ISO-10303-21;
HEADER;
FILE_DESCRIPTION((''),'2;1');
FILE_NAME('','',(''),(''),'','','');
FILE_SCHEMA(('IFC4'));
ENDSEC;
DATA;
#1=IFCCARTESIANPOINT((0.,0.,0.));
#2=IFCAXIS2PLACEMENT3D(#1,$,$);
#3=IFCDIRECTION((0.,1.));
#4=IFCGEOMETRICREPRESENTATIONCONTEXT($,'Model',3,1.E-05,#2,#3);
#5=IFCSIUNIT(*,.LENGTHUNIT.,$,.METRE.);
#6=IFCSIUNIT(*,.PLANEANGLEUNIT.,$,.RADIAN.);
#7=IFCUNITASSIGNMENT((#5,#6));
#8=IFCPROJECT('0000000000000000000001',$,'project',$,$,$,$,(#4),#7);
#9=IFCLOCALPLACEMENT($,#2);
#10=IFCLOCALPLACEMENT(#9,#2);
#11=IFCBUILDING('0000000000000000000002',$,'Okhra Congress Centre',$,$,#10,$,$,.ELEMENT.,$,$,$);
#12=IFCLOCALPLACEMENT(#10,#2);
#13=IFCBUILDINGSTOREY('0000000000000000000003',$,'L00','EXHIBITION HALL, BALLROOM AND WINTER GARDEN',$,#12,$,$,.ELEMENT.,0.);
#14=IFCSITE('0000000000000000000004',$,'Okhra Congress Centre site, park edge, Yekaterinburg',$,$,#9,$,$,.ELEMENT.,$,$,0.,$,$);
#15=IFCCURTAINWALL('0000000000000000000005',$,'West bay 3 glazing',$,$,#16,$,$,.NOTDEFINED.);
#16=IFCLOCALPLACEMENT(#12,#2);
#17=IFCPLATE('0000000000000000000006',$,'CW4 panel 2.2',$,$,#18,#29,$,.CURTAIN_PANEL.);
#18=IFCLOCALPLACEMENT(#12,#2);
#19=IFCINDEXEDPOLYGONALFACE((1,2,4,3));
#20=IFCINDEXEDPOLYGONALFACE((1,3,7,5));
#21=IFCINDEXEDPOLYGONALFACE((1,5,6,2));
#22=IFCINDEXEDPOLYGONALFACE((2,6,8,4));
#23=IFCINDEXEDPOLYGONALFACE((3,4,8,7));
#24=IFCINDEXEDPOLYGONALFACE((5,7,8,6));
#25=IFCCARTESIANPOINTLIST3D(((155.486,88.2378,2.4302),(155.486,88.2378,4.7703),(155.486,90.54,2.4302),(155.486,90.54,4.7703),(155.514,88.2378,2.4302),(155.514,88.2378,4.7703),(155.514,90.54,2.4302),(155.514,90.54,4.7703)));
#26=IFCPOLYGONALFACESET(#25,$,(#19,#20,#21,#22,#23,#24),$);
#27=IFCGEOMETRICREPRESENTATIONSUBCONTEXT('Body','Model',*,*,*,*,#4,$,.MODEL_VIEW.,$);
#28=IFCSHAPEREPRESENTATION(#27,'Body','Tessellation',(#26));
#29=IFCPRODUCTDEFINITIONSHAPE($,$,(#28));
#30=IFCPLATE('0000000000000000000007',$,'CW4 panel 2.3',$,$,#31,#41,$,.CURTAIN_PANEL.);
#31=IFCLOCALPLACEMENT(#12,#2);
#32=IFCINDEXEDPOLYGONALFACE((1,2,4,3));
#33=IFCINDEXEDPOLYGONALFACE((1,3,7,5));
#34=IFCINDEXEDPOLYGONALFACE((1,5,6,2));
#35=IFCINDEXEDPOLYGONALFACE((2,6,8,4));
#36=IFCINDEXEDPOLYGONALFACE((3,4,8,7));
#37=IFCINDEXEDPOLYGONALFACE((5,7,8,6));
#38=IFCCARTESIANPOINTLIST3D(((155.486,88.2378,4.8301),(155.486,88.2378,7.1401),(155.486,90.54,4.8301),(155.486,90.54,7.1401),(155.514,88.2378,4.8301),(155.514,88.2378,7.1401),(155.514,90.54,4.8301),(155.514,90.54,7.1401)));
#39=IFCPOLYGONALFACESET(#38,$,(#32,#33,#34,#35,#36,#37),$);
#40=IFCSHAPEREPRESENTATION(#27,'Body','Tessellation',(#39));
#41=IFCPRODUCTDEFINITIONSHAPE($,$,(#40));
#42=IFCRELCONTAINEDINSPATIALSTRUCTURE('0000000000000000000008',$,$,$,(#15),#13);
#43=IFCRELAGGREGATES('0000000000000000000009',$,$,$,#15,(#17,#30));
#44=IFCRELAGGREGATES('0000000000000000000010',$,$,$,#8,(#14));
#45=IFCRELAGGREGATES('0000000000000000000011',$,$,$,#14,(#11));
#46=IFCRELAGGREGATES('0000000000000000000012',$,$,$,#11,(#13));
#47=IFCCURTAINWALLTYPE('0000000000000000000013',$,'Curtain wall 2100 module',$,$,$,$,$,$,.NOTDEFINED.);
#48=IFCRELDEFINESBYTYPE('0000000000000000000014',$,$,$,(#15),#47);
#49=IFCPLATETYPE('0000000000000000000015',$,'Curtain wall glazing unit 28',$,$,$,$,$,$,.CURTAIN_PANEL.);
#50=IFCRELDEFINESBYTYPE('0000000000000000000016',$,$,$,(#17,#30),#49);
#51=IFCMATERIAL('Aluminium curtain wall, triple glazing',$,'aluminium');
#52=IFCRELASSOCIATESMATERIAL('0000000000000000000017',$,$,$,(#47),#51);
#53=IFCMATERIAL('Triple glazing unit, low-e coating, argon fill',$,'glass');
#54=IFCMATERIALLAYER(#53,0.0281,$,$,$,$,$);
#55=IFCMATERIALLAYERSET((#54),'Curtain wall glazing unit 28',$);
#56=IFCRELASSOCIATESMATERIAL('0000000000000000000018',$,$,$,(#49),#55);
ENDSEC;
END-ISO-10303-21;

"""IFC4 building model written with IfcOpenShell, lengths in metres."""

from ifc_helpers import new_model, si_unit, direction, frame, origin, origin_2d, place, context, subcontext, project, spatial, rectangle, extrude, material, layer, layer_set, type_object, element, aggregate, save


model = new_model("IFC4")

# Units and contexts
model_context = context("Model", 3, precision=1e-05, world=origin(), true_north=direction((0.0, 1.0)))
body_context = subcontext(model_context, "Body", "Model", "MODEL_VIEW")
ifc_project = project(units=[si_unit("LENGTHUNIT", "METRE"), si_unit("PLANEANGLEUNIT", "RADIAN")], contexts=[model_context])

# Site, building, storey
site_placement = place(None, origin())
site = spatial("IfcSite", under=ifc_project, at=site_placement, Name="Okhra Congress Centre site, park edge, Yekaterinburg", CompositionType="ELEMENT", RefElevation=0.0)
building_placement = place(site_placement, origin())
building = spatial("IfcBuilding", under=site, at=building_placement, Name="Okhra Congress Centre", CompositionType="ELEMENT")
storey_placement = place(building_placement, origin())
storey = spatial("IfcBuildingStorey", under=building, at=storey_placement, Name="L00", Description="EXHIBITION HALL, BALLROOM AND WINTER GARDEN", CompositionType="ELEMENT", Elevation=0.0)

# Curtain wall
ifc_material_1 = material(Name="Aluminium curtain wall, triple glazing", Category="aluminium")
curtain_wall_type = type_object("IfcCurtainWallType", Name="Curtain wall 2100 module", PredefinedType="NOTDEFINED", material=ifc_material_1)
curtain_wall_1_placement = place(storey_placement, origin())
curtain_wall_1 = element("IfcCurtainWall", 1, at=curtain_wall_1_placement, inside=storey, type_object=curtain_wall_type, Name="West bay 3 glazing", PredefinedType="NOTDEFINED")

# Plates
ifc_material_2 = material(Name="Triple glazing unit, low-e coating, argon fill", Category="glass")
ifc_layer = layer(ifc_material_2, 0.0281)
ifc_layer_set = layer_set([ifc_layer], Name="Curtain wall glazing unit 28")
plate_type = type_object("IfcPlateType", Name="Curtain wall glazing unit 28", PredefinedType="CURTAIN_PANEL", material=ifc_layer_set)
plate_1_placement = place(storey_placement, frame((155.5, 89.3889, 2.4302), z_axis=(0.0, 0.0, 1.0), x_axis=(0.0, 1.0, 0.0)))
plate_1 = element("IfcPlate", 2, at=plate_1_placement, type_object=plate_type, Name="CW4 panel 2.2", PredefinedType="CURTAIN_PANEL", context=body_context, shape_type="SweptSolid", body=[
    extrude(rectangle(XDim=2.3022, YDim=0.0281, at=origin_2d()), origin(), (0.0, 0.0, 1.0), 2.3401),
])
plate_2_placement = place(storey_placement, frame((155.5, 89.3889, 4.8301), z_axis=(0.0, 0.0, 1.0), x_axis=(0.0, 1.0, 0.0)))
plate_2 = element("IfcPlate", 3, at=plate_2_placement, type_object=plate_type, Name="CW4 panel 2.3", PredefinedType="CURTAIN_PANEL", context=body_context, shape_type="SweptSolid", body=[
    extrude(rectangle(XDim=2.3022, YDim=0.0281, at=origin_2d()), origin(), (0.0, 0.0, 1.0), 2.3101),
])
aggregate(curtain_wall_1, [plate_1, plate_2])

save(model, "model.ifc")
